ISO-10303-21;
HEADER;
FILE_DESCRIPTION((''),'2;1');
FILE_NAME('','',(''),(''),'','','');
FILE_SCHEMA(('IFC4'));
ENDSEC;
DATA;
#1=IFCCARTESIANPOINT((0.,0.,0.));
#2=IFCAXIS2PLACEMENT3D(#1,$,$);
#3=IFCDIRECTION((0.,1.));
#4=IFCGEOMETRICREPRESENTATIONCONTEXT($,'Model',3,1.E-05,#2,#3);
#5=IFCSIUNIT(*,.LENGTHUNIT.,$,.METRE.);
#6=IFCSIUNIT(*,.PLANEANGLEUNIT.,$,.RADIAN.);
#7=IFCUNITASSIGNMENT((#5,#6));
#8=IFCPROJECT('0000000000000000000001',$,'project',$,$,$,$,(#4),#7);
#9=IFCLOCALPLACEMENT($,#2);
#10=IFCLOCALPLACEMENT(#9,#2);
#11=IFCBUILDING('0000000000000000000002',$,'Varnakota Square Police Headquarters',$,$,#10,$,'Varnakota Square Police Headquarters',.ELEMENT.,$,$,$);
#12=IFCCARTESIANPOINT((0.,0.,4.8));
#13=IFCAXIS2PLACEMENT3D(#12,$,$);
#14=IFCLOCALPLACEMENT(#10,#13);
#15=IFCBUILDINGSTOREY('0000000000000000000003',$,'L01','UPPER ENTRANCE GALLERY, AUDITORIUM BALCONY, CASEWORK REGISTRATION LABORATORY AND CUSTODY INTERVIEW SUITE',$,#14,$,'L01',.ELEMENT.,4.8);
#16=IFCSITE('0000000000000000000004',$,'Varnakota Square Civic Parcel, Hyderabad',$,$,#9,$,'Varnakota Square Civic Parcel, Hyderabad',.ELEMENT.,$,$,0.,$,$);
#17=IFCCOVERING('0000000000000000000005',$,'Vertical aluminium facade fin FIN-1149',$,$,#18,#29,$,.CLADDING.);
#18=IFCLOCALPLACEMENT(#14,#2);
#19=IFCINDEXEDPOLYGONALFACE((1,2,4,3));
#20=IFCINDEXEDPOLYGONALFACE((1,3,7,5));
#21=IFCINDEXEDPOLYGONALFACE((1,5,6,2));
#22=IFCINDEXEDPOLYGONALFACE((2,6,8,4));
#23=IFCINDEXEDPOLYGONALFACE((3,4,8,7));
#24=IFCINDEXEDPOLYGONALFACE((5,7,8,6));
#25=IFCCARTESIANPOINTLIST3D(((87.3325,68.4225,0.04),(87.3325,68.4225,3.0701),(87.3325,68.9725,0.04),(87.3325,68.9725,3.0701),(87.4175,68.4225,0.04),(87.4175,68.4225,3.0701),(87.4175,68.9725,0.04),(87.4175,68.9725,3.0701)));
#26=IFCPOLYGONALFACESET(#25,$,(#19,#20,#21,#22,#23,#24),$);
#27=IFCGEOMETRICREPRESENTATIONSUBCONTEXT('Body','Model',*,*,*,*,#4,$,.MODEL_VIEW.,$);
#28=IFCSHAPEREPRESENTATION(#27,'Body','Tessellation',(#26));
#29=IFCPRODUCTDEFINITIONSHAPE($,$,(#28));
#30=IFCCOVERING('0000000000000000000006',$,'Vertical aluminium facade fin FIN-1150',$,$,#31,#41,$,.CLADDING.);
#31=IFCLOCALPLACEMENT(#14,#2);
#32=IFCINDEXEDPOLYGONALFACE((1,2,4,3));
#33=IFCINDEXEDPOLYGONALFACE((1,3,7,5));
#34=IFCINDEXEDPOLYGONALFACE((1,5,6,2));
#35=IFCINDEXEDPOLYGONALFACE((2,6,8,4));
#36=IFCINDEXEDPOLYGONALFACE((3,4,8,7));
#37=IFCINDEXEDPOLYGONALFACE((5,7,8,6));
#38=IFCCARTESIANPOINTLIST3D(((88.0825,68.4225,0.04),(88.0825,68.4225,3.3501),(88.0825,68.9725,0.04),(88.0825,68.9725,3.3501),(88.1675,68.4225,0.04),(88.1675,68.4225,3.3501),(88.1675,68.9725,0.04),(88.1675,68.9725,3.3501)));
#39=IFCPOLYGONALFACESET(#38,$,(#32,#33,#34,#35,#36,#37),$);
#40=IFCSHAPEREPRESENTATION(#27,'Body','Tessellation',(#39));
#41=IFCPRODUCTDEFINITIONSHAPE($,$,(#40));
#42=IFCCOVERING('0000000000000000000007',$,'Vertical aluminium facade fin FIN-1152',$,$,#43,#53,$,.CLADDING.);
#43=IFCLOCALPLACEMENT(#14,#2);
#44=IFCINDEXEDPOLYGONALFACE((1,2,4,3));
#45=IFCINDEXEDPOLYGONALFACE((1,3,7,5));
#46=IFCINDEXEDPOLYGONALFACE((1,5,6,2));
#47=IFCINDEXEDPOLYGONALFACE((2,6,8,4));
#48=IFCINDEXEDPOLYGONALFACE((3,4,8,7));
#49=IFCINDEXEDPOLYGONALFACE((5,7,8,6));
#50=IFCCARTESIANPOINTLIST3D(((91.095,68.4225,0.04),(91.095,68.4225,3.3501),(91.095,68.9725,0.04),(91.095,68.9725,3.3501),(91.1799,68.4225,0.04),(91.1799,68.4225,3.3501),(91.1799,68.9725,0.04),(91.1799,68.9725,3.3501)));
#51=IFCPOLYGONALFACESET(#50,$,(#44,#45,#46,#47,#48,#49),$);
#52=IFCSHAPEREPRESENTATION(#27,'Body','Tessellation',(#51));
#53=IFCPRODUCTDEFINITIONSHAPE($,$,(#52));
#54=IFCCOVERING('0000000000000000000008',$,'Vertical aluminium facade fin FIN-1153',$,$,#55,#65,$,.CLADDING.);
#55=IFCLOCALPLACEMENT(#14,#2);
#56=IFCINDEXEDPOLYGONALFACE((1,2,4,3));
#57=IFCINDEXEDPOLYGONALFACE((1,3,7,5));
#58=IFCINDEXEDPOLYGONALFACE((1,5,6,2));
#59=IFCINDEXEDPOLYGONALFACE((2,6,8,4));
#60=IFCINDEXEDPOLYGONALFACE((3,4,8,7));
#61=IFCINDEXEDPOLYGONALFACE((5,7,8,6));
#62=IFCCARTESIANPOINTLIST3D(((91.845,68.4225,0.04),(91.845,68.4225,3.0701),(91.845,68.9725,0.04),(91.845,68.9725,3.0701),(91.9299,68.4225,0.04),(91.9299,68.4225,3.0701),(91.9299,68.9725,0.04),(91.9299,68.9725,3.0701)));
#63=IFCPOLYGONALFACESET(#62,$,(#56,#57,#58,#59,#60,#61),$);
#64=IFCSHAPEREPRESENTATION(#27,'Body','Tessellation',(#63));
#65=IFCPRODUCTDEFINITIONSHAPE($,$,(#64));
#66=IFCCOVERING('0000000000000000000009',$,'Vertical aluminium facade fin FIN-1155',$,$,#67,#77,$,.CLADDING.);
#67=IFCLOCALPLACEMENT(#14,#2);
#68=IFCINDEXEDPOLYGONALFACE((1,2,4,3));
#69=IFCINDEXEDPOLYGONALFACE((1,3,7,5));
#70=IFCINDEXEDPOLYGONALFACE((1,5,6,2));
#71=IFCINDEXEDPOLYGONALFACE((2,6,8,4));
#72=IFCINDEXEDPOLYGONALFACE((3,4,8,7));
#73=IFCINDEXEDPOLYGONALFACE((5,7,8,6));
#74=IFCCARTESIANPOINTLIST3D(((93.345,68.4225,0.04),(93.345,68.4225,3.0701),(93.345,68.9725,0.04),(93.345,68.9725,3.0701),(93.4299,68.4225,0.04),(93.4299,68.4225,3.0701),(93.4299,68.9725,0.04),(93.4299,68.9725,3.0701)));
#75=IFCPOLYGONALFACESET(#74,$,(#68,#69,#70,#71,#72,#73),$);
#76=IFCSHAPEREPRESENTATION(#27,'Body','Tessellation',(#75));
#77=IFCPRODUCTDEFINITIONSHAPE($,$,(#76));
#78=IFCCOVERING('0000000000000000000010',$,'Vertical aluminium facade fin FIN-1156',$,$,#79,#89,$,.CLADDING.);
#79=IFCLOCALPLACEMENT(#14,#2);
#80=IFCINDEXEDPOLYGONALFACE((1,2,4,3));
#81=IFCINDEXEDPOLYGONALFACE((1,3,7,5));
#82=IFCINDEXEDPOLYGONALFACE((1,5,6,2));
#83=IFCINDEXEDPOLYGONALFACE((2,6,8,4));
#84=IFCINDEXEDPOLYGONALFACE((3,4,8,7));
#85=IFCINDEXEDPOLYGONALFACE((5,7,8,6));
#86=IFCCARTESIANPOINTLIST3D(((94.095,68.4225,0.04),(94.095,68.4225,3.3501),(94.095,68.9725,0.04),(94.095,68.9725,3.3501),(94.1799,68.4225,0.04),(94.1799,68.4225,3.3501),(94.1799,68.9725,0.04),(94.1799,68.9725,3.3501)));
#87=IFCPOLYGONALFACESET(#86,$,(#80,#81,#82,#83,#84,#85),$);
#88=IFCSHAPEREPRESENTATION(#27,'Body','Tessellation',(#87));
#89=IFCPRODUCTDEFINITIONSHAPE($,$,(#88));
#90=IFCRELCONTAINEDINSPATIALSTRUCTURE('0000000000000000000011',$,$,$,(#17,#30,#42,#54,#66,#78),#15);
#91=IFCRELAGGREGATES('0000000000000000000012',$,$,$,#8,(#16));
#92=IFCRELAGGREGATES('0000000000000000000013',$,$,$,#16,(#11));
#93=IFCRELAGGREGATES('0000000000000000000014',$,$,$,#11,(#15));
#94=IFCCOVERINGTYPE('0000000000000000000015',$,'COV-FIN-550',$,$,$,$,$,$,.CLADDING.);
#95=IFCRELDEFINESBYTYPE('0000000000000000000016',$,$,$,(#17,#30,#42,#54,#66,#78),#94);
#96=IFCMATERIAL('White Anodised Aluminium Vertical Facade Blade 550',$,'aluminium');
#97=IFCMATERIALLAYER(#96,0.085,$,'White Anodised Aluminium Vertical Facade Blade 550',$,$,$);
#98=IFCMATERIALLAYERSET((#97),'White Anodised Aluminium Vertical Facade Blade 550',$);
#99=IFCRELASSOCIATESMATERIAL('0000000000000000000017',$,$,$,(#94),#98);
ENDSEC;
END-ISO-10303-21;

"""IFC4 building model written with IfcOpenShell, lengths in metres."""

from ifc_helpers import new_model, si_unit, direction, frame, origin, origin_2d, place, context, subcontext, project, spatial, rectangle, extrude, material, layer, layer_set, type_object, element, save


model = new_model("IFC4")

# Units and contexts
model_context = context("Model", 3, precision=1e-05, world=origin(), true_north=direction((0.0, 1.0)))
body_context = subcontext(model_context, "Body", "Model", "MODEL_VIEW")
ifc_project = project(units=[si_unit("LENGTHUNIT", "METRE"), si_unit("PLANEANGLEUNIT", "RADIAN")], contexts=[model_context])

# Site, building, storey
site_placement = place(None, origin())
site = spatial("IfcSite", under=ifc_project, at=site_placement, Name="Varnakota Square Civic Parcel, Hyderabad", LongName="Varnakota Square Civic Parcel, Hyderabad", CompositionType="ELEMENT", RefElevation=0.0)
building_placement = place(site_placement, origin())
building = spatial("IfcBuilding", under=site, at=building_placement, Name="Varnakota Square Police Headquarters", LongName="Varnakota Square Police Headquarters", CompositionType="ELEMENT")
storey_placement = place(building_placement, frame((0.0, 0.0, 4.8)))
storey = spatial("IfcBuildingStorey", under=building, at=storey_placement, Name="L01", Description="UPPER ENTRANCE GALLERY, AUDITORIUM BALCONY, CASEWORK REGISTRATION LABORATORY AND CUSTODY INTERVIEW SUITE", LongName="L01", CompositionType="ELEMENT", Elevation=4.8)

# Coverings
ifc_material_1 = material(Name="White Anodised Aluminium Vertical Facade Blade 550", Category="aluminium")
ifc_layer_1 = layer(ifc_material_1, 0.085, Name="White Anodised Aluminium Vertical Facade Blade 550")
ifc_layer_set_1 = layer_set([ifc_layer_1], Name="White Anodised Aluminium Vertical Facade Blade 550")
covering_type_1 = type_object("IfcCoveringType", Name="COV-FIN-550", PredefinedType="CLADDING", material=ifc_layer_set_1)
for number, where, z_axis, x_axis, name in (
    (1, (87.375, 68.6975, 0.04), (0.0, 0.0, 1.0), (1.0, 0.0, 0.0), "Vertical aluminium facade fin FIN-1149"),
):
    element("IfcCovering", number, at=place(storey_placement, frame(where, z_axis=z_axis, x_axis=x_axis)), inside=storey, type_object=covering_type_1, Name=name, PredefinedType="CLADDING", context=body_context, shape_type="SweptSolid", body=[
        extrude(rectangle(XDim=0.085, YDim=0.55, at=origin_2d()), origin(), (0.0, 0.0, 1.0), 3.03),
    ])
for number, where, z_axis, x_axis, name in (
    (2, (88.125, 68.6975, 0.04), (0.0, 0.0, 1.0), (1.0, 0.0, 0.0), "Vertical aluminium facade fin FIN-1150"),
    (3, (91.1375, 68.6975, 0.04), (0.0, 0.0, 1.0), (1.0, 0.0, 0.0), "Vertical aluminium facade fin FIN-1152"),
):
    element("IfcCovering", number, at=place(storey_placement, frame(where, z_axis=z_axis, x_axis=x_axis)), inside=storey, type_object=covering_type_1, Name=name, PredefinedType="CLADDING", context=body_context, shape_type="SweptSolid", body=[
        extrude(rectangle(XDim=0.085, YDim=0.55, at=origin_2d()), origin(), (0.0, 0.0, 1.0), 3.3101),
    ])
for number, where, z_axis, x_axis, name in (
    (4, (91.8875, 68.6975, 0.04), (0.0, 0.0, 1.0), (1.0, 0.0, 0.0), "Vertical aluminium facade fin FIN-1153"),
    (5, (93.3875, 68.6975, 0.04), (0.0, 0.0, 1.0), (1.0, 0.0, 0.0), "Vertical aluminium facade fin FIN-1155"),
):
    element("IfcCovering", number, at=place(storey_placement, frame(where, z_axis=z_axis, x_axis=x_axis)), inside=storey, type_object=covering_type_1, Name=name, PredefinedType="CLADDING", context=body_context, shape_type="SweptSolid", body=[
        extrude(rectangle(XDim=0.085, YDim=0.55, at=origin_2d()), origin(), (0.0, 0.0, 1.0), 3.03),
    ])
covering_1_placement = place(storey_placement, frame((94.1375, 68.6975, 0.04), z_axis=(0.0, 0.0, 1.0), x_axis=(1.0, 0.0, 0.0)))
element("IfcCovering", 6, at=covering_1_placement, inside=storey, type_object=covering_type_1, Name="Vertical aluminium facade fin FIN-1156", PredefinedType="CLADDING", context=body_context, shape_type="SweptSolid", body=[
    extrude(rectangle(XDim=0.085, YDim=0.55, at=origin_2d()), origin(), (0.0, 0.0, 1.0), 3.3101),
])

save(model, "model.ifc")
